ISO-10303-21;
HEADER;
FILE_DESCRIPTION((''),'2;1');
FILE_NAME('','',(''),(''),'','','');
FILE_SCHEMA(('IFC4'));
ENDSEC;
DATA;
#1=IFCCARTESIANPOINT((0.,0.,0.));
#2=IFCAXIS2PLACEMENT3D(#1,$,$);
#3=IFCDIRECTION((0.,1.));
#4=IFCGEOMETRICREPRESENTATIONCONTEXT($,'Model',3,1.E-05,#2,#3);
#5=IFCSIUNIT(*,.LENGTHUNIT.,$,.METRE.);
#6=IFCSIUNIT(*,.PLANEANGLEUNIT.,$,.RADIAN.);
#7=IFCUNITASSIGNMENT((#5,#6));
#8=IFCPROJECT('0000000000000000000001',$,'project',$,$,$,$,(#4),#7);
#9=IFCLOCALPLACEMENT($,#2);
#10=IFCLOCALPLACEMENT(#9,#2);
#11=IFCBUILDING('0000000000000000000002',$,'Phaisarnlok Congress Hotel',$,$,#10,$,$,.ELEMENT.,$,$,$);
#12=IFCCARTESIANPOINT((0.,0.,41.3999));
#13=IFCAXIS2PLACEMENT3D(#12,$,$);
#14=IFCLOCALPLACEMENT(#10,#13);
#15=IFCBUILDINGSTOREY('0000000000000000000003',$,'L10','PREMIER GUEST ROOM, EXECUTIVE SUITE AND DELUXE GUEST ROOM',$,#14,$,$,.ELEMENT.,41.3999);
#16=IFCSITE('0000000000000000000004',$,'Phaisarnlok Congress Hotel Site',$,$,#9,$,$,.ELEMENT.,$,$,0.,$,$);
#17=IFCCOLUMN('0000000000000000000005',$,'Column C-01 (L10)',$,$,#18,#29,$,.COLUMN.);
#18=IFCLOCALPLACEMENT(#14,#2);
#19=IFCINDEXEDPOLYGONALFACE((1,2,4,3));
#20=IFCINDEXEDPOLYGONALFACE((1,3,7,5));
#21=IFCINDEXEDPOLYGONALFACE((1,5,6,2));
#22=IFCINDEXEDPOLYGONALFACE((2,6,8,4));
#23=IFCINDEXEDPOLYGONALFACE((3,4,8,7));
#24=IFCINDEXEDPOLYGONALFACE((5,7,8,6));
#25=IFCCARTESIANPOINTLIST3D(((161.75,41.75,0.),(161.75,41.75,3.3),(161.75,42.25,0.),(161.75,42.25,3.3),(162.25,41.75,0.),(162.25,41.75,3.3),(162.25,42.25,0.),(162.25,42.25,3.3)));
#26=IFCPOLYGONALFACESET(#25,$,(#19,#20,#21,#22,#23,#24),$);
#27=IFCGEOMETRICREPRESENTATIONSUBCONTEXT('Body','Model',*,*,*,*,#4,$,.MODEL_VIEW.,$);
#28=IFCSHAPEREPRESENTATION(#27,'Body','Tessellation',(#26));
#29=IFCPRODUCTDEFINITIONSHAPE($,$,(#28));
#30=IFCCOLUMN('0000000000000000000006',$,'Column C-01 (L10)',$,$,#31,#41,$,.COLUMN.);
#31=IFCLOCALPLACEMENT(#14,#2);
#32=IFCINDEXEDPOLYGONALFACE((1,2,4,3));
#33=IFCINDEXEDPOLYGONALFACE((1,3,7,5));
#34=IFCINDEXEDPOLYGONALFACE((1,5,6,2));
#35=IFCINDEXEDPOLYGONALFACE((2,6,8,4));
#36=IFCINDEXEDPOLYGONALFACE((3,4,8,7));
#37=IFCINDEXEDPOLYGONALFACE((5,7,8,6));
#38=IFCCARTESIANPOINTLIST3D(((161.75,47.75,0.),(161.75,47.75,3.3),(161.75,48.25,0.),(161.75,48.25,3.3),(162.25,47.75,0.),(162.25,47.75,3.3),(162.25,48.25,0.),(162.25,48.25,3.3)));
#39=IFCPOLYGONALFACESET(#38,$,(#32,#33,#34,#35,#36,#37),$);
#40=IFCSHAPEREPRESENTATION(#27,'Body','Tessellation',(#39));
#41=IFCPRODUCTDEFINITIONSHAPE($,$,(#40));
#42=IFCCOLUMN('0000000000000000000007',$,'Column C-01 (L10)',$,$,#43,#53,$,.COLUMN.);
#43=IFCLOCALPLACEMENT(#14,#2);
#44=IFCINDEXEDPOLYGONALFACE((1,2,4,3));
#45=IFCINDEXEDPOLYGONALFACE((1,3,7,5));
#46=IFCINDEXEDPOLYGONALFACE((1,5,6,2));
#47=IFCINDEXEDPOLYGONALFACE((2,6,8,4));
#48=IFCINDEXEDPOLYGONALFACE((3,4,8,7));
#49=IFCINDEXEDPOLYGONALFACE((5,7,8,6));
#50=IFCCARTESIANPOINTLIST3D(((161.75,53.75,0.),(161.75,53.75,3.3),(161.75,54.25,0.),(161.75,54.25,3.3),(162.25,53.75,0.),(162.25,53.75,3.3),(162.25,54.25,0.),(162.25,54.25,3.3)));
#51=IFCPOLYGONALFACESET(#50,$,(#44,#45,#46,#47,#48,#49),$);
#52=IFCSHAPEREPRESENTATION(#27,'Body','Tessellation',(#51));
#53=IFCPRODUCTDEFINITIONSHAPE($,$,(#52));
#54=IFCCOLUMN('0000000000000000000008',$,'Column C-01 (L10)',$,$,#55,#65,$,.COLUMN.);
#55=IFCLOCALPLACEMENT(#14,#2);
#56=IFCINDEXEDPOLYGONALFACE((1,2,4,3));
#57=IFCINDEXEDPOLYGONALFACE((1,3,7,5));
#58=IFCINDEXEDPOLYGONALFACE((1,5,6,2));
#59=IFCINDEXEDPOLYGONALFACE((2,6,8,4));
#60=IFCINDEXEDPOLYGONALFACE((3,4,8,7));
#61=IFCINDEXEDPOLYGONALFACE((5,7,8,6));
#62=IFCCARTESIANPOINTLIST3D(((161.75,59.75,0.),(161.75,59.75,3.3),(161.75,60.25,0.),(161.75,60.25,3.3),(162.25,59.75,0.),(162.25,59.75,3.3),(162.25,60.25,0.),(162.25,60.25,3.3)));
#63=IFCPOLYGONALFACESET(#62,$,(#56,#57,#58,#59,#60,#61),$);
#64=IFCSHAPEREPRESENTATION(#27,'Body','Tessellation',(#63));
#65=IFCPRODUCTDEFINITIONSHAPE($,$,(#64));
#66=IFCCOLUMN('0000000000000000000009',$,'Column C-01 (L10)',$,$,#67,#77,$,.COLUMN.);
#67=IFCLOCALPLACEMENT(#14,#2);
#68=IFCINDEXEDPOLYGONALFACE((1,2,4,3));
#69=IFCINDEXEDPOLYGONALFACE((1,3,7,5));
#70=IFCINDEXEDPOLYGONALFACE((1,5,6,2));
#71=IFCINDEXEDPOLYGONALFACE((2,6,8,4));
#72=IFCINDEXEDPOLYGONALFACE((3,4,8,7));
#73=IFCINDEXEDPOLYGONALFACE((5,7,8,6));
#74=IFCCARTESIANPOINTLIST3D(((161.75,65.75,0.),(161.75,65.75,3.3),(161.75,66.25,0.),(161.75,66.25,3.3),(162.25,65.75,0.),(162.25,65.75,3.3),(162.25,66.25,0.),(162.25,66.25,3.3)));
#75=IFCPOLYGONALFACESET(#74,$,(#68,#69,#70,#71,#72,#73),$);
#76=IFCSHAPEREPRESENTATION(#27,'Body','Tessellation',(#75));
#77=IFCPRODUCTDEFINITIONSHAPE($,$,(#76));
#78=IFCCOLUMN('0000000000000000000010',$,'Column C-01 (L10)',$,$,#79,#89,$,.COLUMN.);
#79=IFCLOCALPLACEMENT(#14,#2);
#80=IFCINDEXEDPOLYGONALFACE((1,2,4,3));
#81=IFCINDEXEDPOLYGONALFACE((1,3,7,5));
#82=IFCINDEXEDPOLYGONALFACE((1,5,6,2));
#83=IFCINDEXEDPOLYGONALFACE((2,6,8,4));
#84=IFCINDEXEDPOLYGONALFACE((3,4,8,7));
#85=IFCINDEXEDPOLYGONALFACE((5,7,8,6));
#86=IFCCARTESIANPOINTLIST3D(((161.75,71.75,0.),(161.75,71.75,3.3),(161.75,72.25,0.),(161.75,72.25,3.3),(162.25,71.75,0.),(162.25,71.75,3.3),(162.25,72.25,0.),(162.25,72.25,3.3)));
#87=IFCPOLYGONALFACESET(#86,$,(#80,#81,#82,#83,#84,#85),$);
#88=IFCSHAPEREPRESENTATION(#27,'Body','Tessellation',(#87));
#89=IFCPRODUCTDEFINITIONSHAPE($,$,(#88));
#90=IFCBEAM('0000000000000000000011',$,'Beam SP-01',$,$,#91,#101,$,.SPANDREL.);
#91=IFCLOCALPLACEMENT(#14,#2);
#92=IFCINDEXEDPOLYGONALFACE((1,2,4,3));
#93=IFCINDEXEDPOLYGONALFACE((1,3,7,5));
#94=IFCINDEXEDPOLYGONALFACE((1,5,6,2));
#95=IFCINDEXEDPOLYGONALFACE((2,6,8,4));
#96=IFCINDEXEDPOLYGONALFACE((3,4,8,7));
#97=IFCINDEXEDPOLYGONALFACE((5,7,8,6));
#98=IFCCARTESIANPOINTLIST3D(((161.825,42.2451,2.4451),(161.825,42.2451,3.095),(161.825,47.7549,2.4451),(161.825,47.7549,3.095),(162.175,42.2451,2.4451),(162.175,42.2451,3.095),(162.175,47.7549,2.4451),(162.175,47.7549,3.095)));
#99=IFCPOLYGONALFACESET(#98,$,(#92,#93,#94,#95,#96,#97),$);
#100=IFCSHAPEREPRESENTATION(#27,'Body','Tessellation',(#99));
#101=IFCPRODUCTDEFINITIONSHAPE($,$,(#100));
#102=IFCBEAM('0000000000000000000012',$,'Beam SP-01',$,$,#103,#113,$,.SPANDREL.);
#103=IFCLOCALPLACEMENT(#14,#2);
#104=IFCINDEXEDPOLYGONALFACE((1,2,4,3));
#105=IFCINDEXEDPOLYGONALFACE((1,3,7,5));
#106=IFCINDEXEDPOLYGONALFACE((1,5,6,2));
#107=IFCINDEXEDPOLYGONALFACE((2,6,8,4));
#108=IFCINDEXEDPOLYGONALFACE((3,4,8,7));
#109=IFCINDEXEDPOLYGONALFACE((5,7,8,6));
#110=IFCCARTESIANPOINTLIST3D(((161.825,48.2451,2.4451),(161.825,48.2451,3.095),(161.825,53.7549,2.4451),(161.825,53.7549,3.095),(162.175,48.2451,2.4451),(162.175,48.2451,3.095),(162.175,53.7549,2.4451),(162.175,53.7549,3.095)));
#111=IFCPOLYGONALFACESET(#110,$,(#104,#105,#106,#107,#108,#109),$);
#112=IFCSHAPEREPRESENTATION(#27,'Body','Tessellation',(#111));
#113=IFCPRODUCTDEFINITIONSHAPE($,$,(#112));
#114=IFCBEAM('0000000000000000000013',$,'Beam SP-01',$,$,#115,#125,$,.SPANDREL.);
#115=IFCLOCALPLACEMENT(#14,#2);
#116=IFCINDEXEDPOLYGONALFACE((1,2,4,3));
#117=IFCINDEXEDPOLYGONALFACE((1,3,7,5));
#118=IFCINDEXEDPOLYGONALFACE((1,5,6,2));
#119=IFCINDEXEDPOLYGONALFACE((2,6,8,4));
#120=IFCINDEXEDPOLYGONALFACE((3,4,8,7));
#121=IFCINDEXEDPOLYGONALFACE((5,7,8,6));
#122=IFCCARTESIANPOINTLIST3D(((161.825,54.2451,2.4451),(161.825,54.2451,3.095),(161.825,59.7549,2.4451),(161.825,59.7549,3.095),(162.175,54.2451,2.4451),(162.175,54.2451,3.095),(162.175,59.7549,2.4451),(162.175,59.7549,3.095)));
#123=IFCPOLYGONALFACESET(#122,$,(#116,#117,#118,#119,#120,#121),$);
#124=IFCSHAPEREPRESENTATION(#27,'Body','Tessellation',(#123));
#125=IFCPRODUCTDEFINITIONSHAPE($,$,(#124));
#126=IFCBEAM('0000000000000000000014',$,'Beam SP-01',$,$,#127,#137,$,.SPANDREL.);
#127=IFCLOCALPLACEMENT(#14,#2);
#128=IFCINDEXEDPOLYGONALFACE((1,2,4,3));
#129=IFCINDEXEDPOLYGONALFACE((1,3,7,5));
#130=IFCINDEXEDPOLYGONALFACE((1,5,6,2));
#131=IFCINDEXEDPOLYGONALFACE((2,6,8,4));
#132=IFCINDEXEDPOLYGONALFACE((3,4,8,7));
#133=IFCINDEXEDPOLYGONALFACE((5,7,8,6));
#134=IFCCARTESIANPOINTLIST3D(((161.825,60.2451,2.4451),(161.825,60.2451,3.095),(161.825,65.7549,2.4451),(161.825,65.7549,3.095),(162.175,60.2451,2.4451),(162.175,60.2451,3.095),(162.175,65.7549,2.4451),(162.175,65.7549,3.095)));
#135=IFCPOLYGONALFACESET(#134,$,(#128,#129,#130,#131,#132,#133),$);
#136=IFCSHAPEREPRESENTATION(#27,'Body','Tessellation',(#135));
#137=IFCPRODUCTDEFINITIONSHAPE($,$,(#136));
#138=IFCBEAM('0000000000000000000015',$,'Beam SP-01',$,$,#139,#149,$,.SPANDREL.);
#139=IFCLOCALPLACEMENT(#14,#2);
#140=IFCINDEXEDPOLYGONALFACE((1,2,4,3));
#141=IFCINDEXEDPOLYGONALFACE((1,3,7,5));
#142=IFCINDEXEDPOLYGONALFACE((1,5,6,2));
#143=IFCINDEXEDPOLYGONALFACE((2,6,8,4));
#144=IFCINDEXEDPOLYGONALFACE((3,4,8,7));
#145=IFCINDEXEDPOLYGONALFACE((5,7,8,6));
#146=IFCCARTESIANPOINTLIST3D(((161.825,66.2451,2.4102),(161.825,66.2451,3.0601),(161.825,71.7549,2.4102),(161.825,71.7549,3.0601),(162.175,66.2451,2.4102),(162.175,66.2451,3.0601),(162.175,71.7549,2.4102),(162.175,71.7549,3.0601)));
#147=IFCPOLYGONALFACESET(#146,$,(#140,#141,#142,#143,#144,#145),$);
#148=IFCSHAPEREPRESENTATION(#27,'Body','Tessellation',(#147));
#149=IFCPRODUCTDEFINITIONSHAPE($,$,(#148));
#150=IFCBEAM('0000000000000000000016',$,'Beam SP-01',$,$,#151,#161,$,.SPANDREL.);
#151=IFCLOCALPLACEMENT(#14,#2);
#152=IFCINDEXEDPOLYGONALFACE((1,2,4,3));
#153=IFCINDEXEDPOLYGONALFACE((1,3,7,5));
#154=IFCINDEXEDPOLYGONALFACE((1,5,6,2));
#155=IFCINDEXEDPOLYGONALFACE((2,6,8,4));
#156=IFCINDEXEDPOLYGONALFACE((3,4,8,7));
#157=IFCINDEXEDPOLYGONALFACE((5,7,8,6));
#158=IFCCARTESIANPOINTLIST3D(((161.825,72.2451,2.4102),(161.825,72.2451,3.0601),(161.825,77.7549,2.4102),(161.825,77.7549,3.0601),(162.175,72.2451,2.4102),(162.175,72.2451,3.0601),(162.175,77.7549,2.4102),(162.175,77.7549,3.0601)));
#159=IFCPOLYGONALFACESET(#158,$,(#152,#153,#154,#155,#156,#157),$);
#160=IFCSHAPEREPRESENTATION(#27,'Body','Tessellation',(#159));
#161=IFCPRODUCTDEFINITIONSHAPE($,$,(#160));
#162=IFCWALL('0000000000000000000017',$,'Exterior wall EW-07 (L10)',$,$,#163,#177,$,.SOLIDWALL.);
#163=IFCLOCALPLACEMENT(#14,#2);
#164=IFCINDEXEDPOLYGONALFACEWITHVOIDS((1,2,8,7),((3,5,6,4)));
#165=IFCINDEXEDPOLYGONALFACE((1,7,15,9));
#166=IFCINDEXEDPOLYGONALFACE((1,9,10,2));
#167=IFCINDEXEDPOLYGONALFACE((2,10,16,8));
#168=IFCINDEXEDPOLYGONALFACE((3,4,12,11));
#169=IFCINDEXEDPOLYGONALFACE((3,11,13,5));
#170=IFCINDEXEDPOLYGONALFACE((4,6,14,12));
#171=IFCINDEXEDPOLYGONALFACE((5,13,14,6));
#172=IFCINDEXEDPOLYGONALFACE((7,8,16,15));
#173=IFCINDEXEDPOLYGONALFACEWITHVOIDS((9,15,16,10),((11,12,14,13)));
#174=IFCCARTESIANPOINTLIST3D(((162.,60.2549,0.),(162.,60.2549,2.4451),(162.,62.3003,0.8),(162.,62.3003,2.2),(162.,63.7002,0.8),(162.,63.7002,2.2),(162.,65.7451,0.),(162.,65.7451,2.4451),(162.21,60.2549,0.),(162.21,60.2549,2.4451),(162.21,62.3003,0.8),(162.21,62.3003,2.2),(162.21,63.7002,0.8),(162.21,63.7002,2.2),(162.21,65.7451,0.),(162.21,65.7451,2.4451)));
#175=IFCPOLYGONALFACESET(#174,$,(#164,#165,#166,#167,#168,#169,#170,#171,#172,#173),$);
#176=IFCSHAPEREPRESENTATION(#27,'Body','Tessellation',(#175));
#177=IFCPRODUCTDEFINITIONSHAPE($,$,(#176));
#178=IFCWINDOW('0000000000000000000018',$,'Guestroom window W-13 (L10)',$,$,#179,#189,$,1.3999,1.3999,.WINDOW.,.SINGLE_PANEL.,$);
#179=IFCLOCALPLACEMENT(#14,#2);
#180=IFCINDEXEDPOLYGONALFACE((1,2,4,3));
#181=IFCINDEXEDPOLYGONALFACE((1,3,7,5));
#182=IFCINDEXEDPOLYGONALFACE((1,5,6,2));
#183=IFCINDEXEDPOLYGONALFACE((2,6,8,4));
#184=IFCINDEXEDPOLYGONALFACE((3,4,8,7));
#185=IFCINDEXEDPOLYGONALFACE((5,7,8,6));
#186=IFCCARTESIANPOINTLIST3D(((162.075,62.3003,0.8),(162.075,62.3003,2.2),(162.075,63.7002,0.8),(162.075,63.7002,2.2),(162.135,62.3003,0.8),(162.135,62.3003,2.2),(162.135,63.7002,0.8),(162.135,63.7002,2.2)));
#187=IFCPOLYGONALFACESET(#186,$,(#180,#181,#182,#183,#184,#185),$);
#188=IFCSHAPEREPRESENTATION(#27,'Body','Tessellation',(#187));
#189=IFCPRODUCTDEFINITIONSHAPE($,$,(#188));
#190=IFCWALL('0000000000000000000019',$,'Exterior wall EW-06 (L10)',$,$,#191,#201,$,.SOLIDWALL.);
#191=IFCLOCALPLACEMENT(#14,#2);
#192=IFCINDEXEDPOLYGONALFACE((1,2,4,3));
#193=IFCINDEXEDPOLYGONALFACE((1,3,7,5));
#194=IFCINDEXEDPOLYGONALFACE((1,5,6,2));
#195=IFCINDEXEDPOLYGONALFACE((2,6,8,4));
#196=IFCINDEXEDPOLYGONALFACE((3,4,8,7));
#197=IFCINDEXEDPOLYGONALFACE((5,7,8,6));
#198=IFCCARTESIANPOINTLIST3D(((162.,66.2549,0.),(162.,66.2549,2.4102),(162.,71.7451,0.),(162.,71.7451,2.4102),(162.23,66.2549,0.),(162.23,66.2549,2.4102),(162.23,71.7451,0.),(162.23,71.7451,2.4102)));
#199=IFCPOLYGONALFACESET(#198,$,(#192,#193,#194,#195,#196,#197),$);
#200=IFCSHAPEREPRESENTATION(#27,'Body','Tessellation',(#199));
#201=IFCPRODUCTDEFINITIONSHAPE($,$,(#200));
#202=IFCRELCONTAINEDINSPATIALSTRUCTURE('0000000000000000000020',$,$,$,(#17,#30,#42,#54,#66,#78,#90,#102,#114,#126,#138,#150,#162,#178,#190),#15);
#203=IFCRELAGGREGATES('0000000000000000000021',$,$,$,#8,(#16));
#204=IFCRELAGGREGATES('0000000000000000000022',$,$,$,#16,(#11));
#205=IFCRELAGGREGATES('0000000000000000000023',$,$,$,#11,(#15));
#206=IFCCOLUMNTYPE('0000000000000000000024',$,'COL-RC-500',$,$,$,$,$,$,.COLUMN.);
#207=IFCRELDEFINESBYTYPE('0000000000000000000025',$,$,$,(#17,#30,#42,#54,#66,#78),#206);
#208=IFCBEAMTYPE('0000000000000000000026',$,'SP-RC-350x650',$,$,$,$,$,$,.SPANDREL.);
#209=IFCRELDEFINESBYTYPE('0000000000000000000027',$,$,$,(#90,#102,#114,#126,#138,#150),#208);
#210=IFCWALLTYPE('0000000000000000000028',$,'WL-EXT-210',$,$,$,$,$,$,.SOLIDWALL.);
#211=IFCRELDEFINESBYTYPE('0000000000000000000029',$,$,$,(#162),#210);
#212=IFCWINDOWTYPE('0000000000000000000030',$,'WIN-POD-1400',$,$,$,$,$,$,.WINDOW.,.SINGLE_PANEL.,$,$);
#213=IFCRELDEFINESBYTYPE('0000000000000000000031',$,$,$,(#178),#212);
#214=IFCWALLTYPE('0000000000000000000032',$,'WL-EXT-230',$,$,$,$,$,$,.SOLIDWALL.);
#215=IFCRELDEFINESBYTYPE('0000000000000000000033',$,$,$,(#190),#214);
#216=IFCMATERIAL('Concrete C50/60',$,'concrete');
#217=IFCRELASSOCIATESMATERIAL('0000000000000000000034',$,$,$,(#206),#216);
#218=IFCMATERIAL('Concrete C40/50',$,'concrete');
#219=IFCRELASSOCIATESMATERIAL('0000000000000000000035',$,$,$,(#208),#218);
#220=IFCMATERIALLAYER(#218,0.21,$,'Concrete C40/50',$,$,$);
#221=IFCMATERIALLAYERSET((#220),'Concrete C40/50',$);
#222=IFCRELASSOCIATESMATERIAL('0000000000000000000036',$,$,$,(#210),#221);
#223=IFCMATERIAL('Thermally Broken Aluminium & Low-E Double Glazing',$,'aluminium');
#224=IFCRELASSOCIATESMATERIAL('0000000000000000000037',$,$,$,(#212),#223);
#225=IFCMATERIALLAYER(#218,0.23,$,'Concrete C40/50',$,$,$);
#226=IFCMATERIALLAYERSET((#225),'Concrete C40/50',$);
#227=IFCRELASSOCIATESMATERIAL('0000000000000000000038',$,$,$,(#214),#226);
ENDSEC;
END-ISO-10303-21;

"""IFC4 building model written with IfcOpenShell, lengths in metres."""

from ifc_helpers import new_model, si_unit, direction, frame, frame_2d, origin, origin_2d, place, context, subcontext, project, spatial, rectangle, extrude, material, layer, layer_set, material_profile, profile_set, type_object, element, fill, save


model = new_model("IFC4")

# Units and contexts
model_context = context("Model", 3, precision=1e-05, world=origin(), true_north=direction((0.0, 1.0)))
body_context = subcontext(model_context, "Body", "Model", "MODEL_VIEW")
ifc_project = project(units=[si_unit("LENGTHUNIT", "METRE"), si_unit("PLANEANGLEUNIT", "RADIAN")], contexts=[model_context])

# Site, building, storey
site_placement = place(None, origin())
site = spatial("IfcSite", under=ifc_project, at=site_placement, Name="Phaisarnlok Congress Hotel Site", CompositionType="ELEMENT", RefElevation=0.0)
building_placement = place(site_placement, origin())
building = spatial("IfcBuilding", under=site, at=building_placement, Name="Phaisarnlok Congress Hotel", CompositionType="ELEMENT")
storey_placement = place(building_placement, frame((0.0, 0.0, 41.3999)))
storey = spatial("IfcBuildingStorey", under=building, at=storey_placement, Name="L10", Description="PREMIER GUEST ROOM, EXECUTIVE SUITE AND DELUXE GUEST ROOM", CompositionType="ELEMENT", Elevation=41.3999)

# Columns
ifc_material_1 = material(Name="Concrete C50/60", Category="concrete")
ifc_material_profile_1 = material_profile(ifc_material_1, rectangle(XDim=0.5, YDim=0.5, at=origin_2d()), Name="RC 500x500")
ifc_profile_set_1 = profile_set([ifc_material_profile_1], Name="Concrete C50/60")
column_type = type_object("IfcColumnType", Name="COL-RC-500", PredefinedType="COLUMN", material=ifc_profile_set_1)
for number, where, z_axis, x_axis, name in (
    (1, (162.0, 42.0, 0.0), (0.0, 0.0, 1.0), (1.0, 0.0, 0.0), "Column C-01 (L10)"),
    (2, (162.0, 48.0, 0.0), (0.0, 0.0, 1.0), (1.0, 0.0, 0.0), "Column C-01 (L10)"),
    (3, (162.0, 54.0, 0.0), (0.0, 0.0, 1.0), (1.0, 0.0, 0.0), "Column C-01 (L10)"),
    (4, (162.0, 60.0, 0.0), (0.0, 0.0, 1.0), (1.0, 0.0, 0.0), "Column C-01 (L10)"),
    (5, (162.0, 66.0, 0.0), (0.0, 0.0, 1.0), (1.0, 0.0, 0.0), "Column C-01 (L10)"),
    (6, (162.0, 72.0, 0.0), (0.0, 0.0, 1.0), (1.0, 0.0, 0.0), "Column C-01 (L10)"),
):
    element("IfcColumn", number, at=place(storey_placement, frame(where, z_axis=z_axis, x_axis=x_axis)), inside=storey, type_object=column_type, Name=name, PredefinedType="COLUMN", context=body_context, shape_type="SweptSolid", body=[
        extrude(rectangle(XDim=0.5, YDim=0.5, at=origin_2d()), origin(), (0.0, 0.0, 1.0), 3.3),
    ])

# Beams
ifc_material_2 = material(Name="Concrete C40/50", Category="concrete")
ifc_material_profile_2 = material_profile(ifc_material_2, rectangle(XDim=0.3501, YDim=0.6499, at=origin_2d()), Name="RC 350x650")
ifc_profile_set_2 = profile_set([ifc_material_profile_2], Name="Concrete C40/50")
beam_type = type_object("IfcBeamType", Name="SP-RC-350x650", PredefinedType="SPANDREL", material=ifc_profile_set_2)
for number, where, z_axis, x_axis, name in (
    (7, (162.0, 42.2451, 2.77), (0.0, 1.0, 0.0), (-1.0, 0.0, 0.0), "Beam SP-01"),
    (8, (162.0, 48.2451, 2.77), (0.0, 1.0, 0.0), (-1.0, 0.0, 0.0), "Beam SP-01"),
    (9, (162.0, 54.2451, 2.77), (0.0, 1.0, 0.0), (-1.0, 0.0, 0.0), "Beam SP-01"),
    (10, (162.0, 60.2451, 2.77), (0.0, 1.0, 0.0), (-1.0, 0.0, 0.0), "Beam SP-01"),
    (11, (162.0, 66.2451, 2.7351), (0.0, 1.0, 0.0), (-1.0, 0.0, 0.0), "Beam SP-01"),
    (12, (162.0, 72.2451, 2.7351), (0.0, 1.0, 0.0), (-1.0, 0.0, 0.0), "Beam SP-01"),
):
    element("IfcBeam", number, at=place(storey_placement, frame(where, z_axis=z_axis, x_axis=x_axis)), inside=storey, type_object=beam_type, Name=name, PredefinedType="SPANDREL", context=body_context, shape_type="SweptSolid", body=[
        extrude(rectangle(XDim=0.3501, YDim=0.6499, at=origin_2d()), origin(), (0.0, 0.0, 1.0), 5.5098),
    ])

# Wall, opening, window
ifc_layer_1 = layer(ifc_material_2, 0.21, Name="Concrete C40/50")
ifc_layer_set_1 = layer_set([ifc_layer_1], Name="Concrete C40/50")
wall_type_1 = type_object("IfcWallType", Name="WL-EXT-210", PredefinedType="SOLIDWALL", material=ifc_layer_set_1)
wall_1_placement = place(storey_placement, frame((162.105, 65.7451, 0.0), z_axis=(0.0, 0.0, 1.0), x_axis=(0.0, -1.0, 0.0)))
wall_1 = element("IfcWall", 13, at=wall_1_placement, inside=storey, type_object=wall_type_1, Name="Exterior wall EW-07 (L10)", PredefinedType="SOLIDWALL", context=body_context, shape_type="SweptSolid", body=[
    extrude(rectangle(XDim=5.4902, YDim=0.21, at=frame_2d((2.7451, 0.0))), origin(), (0.0, 0.0, 1.0), 2.4451),
])
opening_1_placement = place(wall_1_placement, frame((2.0449, 0.0, 0.8)))
opening_1 = element("IfcOpeningElement", 14, at=opening_1_placement, cuts=wall_1, PredefinedType="OPENING", context=body_context, shape_type="SweptSolid", body=[
    extrude(rectangle(XDim=1.3999, YDim=1.3999, at=frame_2d((0.7, 0.7))), frame((0.0, 0.115, 0.0), z_axis=(0.0, -1.0, 0.0), x_axis=(1.0, 0.0, 0.0)), (0.0, 0.0, 1.0), 0.23),
])
ifc_material_3 = material(Name="Thermally Broken Aluminium & Low-E Double Glazing", Category="aluminium")
window_type = type_object("IfcWindowType", Name="WIN-POD-1400", PartitioningType="SINGLE_PANEL", PredefinedType="WINDOW", material=ifc_material_3)
window_1_placement = place(opening_1_placement, origin())
window_1 = element("IfcWindow", 15, at=window_1_placement, inside=storey, type_object=window_type, Name="Guestroom window W-13 (L10)", OverallHeight=1.3999, OverallWidth=1.3999, PartitioningType="SINGLE_PANEL", PredefinedType="WINDOW", context=body_context, shape_type="SweptSolid", body=[
    extrude(rectangle(XDim=1.3999, YDim=1.3999, at=frame_2d((0.7, 0.7))), frame((0.0, 0.03, 0.0), z_axis=(0.0, -1.0, 0.0), x_axis=(1.0, 0.0, 0.0)), (0.0, 0.0, 1.0), 0.0601),
])
fill(opening_1, window_1)

# Wall
ifc_layer_2 = layer(ifc_material_2, 0.23, Name="Concrete C40/50")
ifc_layer_set_2 = layer_set([ifc_layer_2], Name="Concrete C40/50")
wall_type_2 = type_object("IfcWallType", Name="WL-EXT-230", PredefinedType="SOLIDWALL", material=ifc_layer_set_2)
wall_2_placement = place(storey_placement, frame((162.115, 71.7451, 0.0), z_axis=(0.0, 0.0, 1.0), x_axis=(0.0, -1.0, 0.0)))
element("IfcWall", 16, at=wall_2_placement, inside=storey, type_object=wall_type_2, Name="Exterior wall EW-06 (L10)", PredefinedType="SOLIDWALL", context=body_context, shape_type="SweptSolid", body=[
    extrude(rectangle(XDim=5.4902, YDim=0.23, at=frame_2d((2.7451, 0.0))), origin(), (0.0, 0.0, 1.0), 2.4102),
])

save(model, "model.ifc")
